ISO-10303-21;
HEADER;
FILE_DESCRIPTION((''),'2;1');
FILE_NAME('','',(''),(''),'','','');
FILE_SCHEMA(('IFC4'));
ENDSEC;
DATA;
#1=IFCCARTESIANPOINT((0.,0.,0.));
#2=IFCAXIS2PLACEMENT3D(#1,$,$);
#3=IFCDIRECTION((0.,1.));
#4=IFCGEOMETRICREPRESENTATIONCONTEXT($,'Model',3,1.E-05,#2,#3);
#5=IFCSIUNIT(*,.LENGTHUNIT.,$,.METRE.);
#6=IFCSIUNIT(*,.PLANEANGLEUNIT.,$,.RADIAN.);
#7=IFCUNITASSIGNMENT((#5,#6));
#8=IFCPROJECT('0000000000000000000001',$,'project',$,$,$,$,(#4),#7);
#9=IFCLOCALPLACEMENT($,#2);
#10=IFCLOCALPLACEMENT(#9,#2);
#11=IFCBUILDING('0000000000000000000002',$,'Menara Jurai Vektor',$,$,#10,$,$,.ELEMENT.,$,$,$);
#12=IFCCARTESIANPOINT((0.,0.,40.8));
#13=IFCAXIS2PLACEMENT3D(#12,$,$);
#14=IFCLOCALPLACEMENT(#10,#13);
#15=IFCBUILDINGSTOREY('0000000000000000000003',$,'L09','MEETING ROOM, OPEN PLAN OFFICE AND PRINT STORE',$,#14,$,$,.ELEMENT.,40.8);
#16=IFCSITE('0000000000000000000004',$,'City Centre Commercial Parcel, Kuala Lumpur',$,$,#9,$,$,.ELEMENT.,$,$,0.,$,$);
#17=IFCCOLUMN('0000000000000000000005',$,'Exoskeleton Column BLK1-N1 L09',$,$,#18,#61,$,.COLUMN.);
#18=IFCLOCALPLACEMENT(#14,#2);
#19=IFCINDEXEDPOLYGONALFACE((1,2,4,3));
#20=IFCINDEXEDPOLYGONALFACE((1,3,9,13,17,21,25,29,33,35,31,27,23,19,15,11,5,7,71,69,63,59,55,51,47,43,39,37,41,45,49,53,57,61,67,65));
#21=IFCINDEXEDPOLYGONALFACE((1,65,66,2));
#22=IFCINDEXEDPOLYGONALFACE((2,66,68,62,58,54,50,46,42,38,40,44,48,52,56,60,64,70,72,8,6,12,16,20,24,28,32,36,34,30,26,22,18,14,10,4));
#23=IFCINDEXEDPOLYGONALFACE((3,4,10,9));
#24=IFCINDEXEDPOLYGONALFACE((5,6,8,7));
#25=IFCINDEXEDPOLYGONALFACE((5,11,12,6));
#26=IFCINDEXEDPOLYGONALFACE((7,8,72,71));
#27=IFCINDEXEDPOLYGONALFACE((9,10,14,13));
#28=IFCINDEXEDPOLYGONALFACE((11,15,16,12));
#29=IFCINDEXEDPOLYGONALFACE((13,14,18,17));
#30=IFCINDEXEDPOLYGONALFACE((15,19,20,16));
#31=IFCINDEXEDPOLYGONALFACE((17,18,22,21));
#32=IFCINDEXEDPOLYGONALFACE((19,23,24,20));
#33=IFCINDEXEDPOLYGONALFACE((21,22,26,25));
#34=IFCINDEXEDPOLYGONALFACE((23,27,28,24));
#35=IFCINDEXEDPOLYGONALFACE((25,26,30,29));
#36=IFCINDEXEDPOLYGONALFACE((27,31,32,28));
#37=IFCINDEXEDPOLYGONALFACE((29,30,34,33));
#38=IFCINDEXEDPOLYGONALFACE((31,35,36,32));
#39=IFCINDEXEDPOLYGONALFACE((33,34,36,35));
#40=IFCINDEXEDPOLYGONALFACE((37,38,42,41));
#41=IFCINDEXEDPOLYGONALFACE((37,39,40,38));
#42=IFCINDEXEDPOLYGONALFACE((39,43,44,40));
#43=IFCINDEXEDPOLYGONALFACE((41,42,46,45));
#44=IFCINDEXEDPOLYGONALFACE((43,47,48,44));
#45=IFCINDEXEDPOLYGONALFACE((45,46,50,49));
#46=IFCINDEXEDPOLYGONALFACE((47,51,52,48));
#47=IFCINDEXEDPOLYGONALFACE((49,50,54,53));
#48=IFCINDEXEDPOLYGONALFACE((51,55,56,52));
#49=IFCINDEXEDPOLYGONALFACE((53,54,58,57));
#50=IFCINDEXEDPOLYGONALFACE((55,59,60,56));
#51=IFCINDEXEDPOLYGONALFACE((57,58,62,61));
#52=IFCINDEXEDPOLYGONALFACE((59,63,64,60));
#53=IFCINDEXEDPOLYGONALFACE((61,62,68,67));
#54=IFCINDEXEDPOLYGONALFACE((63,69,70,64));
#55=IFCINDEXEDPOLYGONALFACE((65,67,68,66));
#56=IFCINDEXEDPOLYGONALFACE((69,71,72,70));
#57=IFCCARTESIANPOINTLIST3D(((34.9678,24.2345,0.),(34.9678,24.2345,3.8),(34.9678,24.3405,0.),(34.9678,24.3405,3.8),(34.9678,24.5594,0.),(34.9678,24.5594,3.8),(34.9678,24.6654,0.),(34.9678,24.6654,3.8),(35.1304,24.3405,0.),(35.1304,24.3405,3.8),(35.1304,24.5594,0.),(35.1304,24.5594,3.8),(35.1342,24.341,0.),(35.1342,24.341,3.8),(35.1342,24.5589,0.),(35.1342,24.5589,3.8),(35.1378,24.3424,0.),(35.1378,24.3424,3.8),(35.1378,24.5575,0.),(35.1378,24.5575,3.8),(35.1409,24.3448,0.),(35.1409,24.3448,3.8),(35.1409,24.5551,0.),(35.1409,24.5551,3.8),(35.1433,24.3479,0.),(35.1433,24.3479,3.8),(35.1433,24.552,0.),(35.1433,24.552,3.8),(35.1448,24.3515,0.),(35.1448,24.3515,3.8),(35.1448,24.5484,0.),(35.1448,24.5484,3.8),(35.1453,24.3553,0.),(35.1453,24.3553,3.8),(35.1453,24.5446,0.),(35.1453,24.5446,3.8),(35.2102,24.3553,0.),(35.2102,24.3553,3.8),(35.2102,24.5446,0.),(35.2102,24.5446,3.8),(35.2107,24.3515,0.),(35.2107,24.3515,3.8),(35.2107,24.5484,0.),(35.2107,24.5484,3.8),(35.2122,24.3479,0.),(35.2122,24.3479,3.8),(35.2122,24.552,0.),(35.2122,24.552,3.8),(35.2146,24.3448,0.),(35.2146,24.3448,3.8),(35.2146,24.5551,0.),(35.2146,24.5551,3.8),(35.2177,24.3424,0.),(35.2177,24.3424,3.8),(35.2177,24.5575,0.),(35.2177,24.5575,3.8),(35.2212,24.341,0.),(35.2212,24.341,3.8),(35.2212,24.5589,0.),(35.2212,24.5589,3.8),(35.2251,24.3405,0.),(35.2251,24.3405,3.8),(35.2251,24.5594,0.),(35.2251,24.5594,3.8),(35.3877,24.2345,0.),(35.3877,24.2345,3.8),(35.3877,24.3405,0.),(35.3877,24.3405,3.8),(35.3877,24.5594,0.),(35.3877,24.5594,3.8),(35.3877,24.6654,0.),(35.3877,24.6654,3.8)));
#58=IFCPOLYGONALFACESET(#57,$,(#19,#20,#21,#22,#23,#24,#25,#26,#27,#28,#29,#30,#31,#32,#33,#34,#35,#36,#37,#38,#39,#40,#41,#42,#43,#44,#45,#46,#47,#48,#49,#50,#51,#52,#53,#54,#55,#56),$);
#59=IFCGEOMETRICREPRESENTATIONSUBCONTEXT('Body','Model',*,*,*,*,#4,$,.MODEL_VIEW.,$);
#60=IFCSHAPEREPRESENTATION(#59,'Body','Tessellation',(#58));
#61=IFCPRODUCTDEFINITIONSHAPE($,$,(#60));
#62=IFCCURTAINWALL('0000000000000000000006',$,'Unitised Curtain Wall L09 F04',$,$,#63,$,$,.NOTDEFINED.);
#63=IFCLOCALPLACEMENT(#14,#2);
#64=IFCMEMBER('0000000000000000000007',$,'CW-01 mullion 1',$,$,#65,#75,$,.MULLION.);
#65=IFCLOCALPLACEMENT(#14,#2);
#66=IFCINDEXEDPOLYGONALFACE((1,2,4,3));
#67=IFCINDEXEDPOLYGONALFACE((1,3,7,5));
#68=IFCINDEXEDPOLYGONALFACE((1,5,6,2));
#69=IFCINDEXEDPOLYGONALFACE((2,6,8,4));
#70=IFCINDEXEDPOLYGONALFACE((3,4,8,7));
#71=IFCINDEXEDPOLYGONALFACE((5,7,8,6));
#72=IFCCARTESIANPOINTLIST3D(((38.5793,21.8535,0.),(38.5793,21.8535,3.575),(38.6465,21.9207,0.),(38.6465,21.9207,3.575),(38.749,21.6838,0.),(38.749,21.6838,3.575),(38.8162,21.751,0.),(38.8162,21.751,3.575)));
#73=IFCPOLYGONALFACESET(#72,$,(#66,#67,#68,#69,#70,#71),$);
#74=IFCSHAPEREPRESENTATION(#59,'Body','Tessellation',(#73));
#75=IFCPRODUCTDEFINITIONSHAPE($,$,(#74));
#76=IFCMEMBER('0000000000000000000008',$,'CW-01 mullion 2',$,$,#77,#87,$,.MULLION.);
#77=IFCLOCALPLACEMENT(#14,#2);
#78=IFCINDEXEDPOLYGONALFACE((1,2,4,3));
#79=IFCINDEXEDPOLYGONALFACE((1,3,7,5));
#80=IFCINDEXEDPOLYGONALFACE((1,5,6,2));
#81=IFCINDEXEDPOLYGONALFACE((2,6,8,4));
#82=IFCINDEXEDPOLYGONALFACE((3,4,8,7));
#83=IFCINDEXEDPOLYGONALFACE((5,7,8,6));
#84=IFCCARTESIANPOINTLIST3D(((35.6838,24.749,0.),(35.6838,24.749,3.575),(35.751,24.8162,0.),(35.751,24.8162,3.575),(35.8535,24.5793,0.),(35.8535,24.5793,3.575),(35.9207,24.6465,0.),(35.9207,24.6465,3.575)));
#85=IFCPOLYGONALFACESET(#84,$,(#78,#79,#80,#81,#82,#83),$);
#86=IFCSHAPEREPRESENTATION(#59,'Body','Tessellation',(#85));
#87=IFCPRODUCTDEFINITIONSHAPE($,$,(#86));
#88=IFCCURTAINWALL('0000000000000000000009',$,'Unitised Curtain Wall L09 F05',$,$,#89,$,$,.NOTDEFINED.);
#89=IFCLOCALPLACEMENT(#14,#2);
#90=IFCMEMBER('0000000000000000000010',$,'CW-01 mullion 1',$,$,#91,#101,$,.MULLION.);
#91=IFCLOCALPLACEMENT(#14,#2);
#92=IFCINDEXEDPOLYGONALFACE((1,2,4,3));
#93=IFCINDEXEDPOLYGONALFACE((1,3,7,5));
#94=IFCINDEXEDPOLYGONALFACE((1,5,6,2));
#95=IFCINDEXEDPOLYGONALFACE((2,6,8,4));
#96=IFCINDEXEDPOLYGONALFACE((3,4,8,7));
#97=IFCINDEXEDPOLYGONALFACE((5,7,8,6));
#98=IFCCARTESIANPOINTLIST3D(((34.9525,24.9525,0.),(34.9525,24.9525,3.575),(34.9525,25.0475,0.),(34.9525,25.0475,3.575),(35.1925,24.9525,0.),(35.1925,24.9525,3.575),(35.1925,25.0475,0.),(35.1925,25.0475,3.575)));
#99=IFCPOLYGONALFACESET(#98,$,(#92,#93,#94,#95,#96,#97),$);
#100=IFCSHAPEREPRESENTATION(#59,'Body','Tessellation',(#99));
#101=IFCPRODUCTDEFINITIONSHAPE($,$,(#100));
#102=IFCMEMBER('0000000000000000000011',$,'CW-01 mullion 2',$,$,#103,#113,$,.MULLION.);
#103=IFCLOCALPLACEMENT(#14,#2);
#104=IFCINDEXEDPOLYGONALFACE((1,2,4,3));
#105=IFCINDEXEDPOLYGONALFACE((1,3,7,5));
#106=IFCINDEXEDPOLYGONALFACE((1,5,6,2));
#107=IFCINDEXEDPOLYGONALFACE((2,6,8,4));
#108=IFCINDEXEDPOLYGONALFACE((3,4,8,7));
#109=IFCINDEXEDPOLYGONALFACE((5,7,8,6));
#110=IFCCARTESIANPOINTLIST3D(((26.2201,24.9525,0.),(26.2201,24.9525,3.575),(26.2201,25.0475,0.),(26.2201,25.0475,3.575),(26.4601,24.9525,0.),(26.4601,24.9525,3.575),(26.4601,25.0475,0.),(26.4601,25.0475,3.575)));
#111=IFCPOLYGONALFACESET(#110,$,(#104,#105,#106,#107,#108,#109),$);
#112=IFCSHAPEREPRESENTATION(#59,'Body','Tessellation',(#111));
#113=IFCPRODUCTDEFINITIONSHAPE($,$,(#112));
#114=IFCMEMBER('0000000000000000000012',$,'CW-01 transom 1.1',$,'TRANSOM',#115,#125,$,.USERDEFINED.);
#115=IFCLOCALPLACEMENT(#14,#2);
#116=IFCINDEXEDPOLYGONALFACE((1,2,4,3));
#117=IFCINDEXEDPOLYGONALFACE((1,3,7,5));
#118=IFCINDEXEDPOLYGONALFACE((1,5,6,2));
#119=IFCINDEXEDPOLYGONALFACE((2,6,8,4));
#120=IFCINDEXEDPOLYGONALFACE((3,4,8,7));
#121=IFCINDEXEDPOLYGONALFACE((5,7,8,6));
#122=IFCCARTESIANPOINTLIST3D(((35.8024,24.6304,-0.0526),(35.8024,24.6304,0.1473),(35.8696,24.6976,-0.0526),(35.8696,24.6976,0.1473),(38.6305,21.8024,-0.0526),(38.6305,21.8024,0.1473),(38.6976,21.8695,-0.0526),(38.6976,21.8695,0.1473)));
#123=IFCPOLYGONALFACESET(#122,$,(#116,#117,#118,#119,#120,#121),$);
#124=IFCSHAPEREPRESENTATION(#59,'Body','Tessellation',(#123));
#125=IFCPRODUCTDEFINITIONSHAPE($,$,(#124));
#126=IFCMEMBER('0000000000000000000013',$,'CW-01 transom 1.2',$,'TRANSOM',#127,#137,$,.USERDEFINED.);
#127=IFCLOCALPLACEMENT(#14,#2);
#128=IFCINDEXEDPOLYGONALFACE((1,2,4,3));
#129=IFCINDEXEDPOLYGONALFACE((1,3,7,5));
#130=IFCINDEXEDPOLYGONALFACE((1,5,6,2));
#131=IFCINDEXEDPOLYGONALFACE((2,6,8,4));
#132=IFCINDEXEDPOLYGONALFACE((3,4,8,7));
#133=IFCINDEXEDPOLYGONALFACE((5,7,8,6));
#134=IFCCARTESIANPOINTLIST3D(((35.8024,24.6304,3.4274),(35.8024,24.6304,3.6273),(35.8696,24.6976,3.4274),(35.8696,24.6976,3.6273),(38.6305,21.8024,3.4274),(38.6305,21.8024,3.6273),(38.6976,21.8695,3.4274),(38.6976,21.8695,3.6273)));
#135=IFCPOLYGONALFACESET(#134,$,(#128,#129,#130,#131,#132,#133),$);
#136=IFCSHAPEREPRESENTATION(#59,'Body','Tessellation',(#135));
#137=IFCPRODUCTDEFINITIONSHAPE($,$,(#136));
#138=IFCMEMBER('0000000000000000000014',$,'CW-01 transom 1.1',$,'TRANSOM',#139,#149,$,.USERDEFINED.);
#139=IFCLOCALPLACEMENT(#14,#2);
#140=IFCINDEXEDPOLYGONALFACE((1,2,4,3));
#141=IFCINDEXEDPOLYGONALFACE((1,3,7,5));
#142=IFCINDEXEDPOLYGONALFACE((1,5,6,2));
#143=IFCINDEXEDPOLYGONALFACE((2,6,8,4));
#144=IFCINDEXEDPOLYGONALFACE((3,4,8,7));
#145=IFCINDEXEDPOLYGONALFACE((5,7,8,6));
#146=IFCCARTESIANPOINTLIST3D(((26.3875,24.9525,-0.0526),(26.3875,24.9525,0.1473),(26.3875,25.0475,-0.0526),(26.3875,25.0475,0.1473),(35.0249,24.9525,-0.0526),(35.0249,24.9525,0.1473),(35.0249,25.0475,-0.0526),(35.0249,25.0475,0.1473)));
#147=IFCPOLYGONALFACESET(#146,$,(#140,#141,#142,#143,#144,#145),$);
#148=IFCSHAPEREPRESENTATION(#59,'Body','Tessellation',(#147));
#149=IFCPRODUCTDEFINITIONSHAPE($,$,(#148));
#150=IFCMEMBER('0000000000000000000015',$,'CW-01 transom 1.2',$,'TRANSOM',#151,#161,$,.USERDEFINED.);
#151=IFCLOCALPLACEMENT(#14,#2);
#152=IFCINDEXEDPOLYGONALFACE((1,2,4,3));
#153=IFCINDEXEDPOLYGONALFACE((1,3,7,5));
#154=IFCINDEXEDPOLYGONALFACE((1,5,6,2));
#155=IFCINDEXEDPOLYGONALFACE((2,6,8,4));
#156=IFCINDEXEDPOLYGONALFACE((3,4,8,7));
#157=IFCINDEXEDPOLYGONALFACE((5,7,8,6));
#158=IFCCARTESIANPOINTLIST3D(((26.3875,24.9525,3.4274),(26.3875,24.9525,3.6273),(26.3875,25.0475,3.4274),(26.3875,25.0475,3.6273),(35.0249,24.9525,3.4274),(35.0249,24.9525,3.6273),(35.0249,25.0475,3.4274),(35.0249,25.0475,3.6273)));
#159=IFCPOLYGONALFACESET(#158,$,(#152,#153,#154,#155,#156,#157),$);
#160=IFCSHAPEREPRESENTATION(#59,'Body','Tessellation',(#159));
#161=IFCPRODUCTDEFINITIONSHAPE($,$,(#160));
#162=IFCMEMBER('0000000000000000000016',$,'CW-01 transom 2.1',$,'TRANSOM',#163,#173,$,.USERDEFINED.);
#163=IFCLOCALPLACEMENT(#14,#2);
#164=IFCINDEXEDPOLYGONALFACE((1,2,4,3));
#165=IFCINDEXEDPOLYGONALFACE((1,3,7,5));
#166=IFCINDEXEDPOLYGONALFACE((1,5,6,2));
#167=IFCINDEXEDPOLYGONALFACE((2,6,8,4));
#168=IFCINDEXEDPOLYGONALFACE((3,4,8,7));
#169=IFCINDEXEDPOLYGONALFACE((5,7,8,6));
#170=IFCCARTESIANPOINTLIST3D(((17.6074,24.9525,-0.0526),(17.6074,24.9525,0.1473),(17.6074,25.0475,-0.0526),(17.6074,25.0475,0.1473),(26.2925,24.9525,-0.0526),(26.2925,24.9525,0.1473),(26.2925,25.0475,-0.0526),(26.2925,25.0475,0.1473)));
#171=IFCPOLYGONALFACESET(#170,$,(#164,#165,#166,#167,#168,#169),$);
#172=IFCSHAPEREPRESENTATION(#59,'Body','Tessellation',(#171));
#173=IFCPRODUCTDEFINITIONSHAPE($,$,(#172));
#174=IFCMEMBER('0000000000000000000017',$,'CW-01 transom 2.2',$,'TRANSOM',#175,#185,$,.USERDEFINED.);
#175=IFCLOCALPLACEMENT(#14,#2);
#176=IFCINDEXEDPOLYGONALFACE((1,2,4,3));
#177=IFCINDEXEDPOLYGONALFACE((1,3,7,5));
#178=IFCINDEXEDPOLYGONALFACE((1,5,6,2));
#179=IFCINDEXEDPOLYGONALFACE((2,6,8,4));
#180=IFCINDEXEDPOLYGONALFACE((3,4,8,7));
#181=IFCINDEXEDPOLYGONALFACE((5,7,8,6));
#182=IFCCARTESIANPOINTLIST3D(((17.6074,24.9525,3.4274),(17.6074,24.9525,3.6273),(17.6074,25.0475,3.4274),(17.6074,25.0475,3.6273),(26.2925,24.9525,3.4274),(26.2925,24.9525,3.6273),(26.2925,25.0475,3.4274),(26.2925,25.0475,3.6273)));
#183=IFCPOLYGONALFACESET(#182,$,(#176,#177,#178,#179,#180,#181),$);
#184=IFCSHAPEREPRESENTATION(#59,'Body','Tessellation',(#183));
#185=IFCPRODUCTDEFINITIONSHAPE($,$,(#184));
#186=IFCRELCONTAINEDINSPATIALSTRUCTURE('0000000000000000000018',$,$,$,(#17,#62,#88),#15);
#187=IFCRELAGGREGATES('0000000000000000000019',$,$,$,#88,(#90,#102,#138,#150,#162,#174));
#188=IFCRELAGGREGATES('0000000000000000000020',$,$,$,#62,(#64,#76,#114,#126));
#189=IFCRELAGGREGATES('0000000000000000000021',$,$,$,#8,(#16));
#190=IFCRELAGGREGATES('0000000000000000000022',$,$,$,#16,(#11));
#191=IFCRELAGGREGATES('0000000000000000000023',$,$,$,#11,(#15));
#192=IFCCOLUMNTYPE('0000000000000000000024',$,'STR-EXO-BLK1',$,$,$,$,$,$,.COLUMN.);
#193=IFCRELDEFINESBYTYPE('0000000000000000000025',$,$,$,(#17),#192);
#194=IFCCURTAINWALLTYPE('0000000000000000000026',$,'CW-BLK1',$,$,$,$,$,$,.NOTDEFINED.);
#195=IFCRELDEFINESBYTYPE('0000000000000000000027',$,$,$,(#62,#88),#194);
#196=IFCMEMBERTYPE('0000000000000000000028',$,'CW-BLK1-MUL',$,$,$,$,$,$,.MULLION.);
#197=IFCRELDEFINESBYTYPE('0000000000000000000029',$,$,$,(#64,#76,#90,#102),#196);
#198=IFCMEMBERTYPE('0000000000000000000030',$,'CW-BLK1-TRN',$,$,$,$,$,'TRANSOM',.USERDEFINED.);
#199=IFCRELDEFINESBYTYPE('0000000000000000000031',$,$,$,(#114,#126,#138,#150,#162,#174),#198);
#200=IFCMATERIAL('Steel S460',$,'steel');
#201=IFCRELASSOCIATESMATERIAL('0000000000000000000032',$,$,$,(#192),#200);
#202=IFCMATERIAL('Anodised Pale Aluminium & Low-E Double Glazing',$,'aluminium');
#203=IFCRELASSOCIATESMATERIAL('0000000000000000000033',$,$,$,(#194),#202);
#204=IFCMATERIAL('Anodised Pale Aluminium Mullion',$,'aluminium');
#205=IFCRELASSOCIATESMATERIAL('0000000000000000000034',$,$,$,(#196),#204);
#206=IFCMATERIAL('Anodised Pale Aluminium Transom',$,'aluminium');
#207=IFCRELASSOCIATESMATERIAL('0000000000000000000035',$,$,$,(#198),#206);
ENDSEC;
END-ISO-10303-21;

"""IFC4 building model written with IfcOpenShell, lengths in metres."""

from ifc_helpers import new_model, si_unit, direction, frame, origin, origin_2d, place, context, subcontext, project, spatial, rectangle, i_section, extrude, material, material_profile, profile_set, type_object, element, aggregate, save


model = new_model("IFC4")

# Units and contexts
model_context = context("Model", 3, precision=1e-05, world=origin(), true_north=direction((0.0, 1.0)))
body_context = subcontext(model_context, "Body", "Model", "MODEL_VIEW")
ifc_project = project(units=[si_unit("LENGTHUNIT", "METRE"), si_unit("PLANEANGLEUNIT", "RADIAN")], contexts=[model_context])

# Site, building, storey
site_placement = place(None, origin())
site = spatial("IfcSite", under=ifc_project, at=site_placement, Name="City Centre Commercial Parcel, Kuala Lumpur", CompositionType="ELEMENT", RefElevation=0.0)
building_placement = place(site_placement, origin())
building = spatial("IfcBuilding", under=site, at=building_placement, Name="Menara Jurai Vektor", CompositionType="ELEMENT")
storey_placement = place(building_placement, frame((0.0, 0.0, 40.8)))
storey = spatial("IfcBuildingStorey", under=building, at=storey_placement, Name="L09", Description="MEETING ROOM, OPEN PLAN OFFICE AND PRINT STORE", CompositionType="ELEMENT", Elevation=40.8)

# Column
ifc_material_1 = material(Name="Steel S460", Category="steel")
ifc_material_profile_1 = material_profile(ifc_material_1, i_section(OverallWidth=0.4199, OverallDepth=0.4309, WebThickness=0.0649, FlangeThickness=0.106, FilletRadius=0.0149, at=origin_2d()), Name="HD 400x900")
ifc_profile_set_1 = profile_set([ifc_material_profile_1], Name="Steel S460")
column_type = type_object("IfcColumnType", Name="STR-EXO-BLK1", PredefinedType="COLUMN", material=ifc_profile_set_1)
column_placement = place(storey_placement, frame((35.1777, 24.45, 0.0), z_axis=(0.0, 0.0, 1.0), x_axis=(1.0, 0.0, 0.0)))
element("IfcColumn", 1, at=column_placement, inside=storey, type_object=column_type, Name="Exoskeleton Column BLK1-N1 L09", PredefinedType="COLUMN", context=body_context, shape_type="SweptSolid", body=[
    extrude(i_section(OverallWidth=0.4199, OverallDepth=0.4309, WebThickness=0.0649, FlangeThickness=0.106, FilletRadius=0.0149, at=origin_2d()), origin(), (0.0, 0.0, 1.0), 3.8),
])

# Curtain walls, members
ifc_material_2 = material(Name="Anodised Pale Aluminium & Low-E Double Glazing", Category="aluminium")
curtain_wall_type = type_object("IfcCurtainWallType", Name="CW-BLK1", PredefinedType="NOTDEFINED", material=ifc_material_2)
curtain_wall_1_placement = place(storey_placement, origin())
curtain_wall_1 = element("IfcCurtainWall", 2, at=curtain_wall_1_placement, inside=storey, type_object=curtain_wall_type, Name="Unitised Curtain Wall L09 F04", PredefinedType="NOTDEFINED")
ifc_material_3 = material(Name="Anodised Pale Aluminium Mullion", Category="aluminium")
ifc_material_profile_2 = material_profile(ifc_material_3, rectangle(XDim=0.095, YDim=0.24, at=origin_2d()), Name="ALU MUL 95x240")
ifc_profile_set_2 = profile_set([ifc_material_profile_2], Name="Anodised Pale Aluminium Mullion")
member_type_1 = type_object("IfcMemberType", Name="CW-BLK1-MUL", PredefinedType="MULLION", material=ifc_profile_set_2)
member_1_placement = place(storey_placement, frame((38.6978, 21.8022, 0.0), z_axis=(0.0, 0.0, 1.0), x_axis=(-0.707107, -0.707107, 0.0)))
member_1 = element("IfcMember", 3, at=member_1_placement, type_object=member_type_1, Name="CW-01 mullion 1", PredefinedType="MULLION", context=body_context, shape_type="SweptSolid", body=[
    extrude(rectangle(XDim=0.095, YDim=0.24, at=origin_2d()), origin(), (0.0, 0.0, 1.0), 3.575),
])
member_2_placement = place(storey_placement, frame((35.8022, 24.6978, 0.0), z_axis=(0.0, 0.0, 1.0), x_axis=(-0.707107, -0.707107, 0.0)))
member_2 = element("IfcMember", 4, at=member_2_placement, type_object=member_type_1, Name="CW-01 mullion 2", PredefinedType="MULLION", context=body_context, shape_type="SweptSolid", body=[
    extrude(rectangle(XDim=0.095, YDim=0.24, at=origin_2d()), origin(), (0.0, 0.0, 1.0), 3.575),
])
curtain_wall_2_placement = place(storey_placement, origin())
curtain_wall_2 = element("IfcCurtainWall", 5, at=curtain_wall_2_placement, inside=storey, type_object=curtain_wall_type, Name="Unitised Curtain Wall L09 F05", PredefinedType="NOTDEFINED")
member_3_placement = place(storey_placement, frame((35.0725, 25.0, 0.0), z_axis=(0.0, 0.0, 1.0), x_axis=(0.0, -1.0, 0.0)))
member_3 = element("IfcMember", 6, at=member_3_placement, type_object=member_type_1, Name="CW-01 mullion 1", PredefinedType="MULLION", context=body_context, shape_type="SweptSolid", body=[
    extrude(rectangle(XDim=0.095, YDim=0.24, at=origin_2d()), origin(), (0.0, 0.0, 1.0), 3.575),
])
member_4_placement = place(storey_placement, frame((26.3401, 25.0, 0.0), z_axis=(0.0, 0.0, 1.0), x_axis=(0.0, -1.0, 0.0)))
member_4 = element("IfcMember", 7, at=member_4_placement, type_object=member_type_1, Name="CW-01 mullion 2", PredefinedType="MULLION", context=body_context, shape_type="SweptSolid", body=[
    extrude(rectangle(XDim=0.095, YDim=0.24, at=origin_2d()), origin(), (0.0, 0.0, 1.0), 3.575),
])

# Members
ifc_material_4 = material(Name="Anodised Pale Aluminium Transom", Category="aluminium")
ifc_material_profile_3 = material_profile(ifc_material_4, rectangle(XDim=0.095, YDim=0.2, at=origin_2d()), Name="ALU TRN 95x200")
ifc_profile_set_3 = profile_set([ifc_material_profile_3], Name="Anodised Pale Aluminium Transom")
member_type_2 = type_object("IfcMemberType", Name="CW-BLK1-TRN", ElementType="TRANSOM", PredefinedType="USERDEFINED", material=ifc_profile_set_3)
member_5_placement = place(storey_placement, frame((38.6641, 21.8359, 0.0474), z_axis=(-0.707107, 0.707107, 0.0), x_axis=(-0.707107, -0.707107, 0.0)))
member_5 = element("IfcMember", 8, at=member_5_placement, type_object=member_type_2, Name="CW-01 transom 1.1", ObjectType="TRANSOM", PredefinedType="USERDEFINED", context=body_context, shape_type="SweptSolid", body=[
    extrude(rectangle(XDim=0.095, YDim=0.2, at=origin_2d()), origin(), (0.0, 0.0, 1.0), 3.9995),
])
member_6_placement = place(storey_placement, frame((38.6641, 21.8359, 3.5273), z_axis=(-0.707107, 0.707107, 0.0), x_axis=(-0.707107, -0.707107, 0.0)))
member_6 = element("IfcMember", 9, at=member_6_placement, type_object=member_type_2, Name="CW-01 transom 1.2", ObjectType="TRANSOM", PredefinedType="USERDEFINED", context=body_context, shape_type="SweptSolid", body=[
    extrude(rectangle(XDim=0.095, YDim=0.2, at=origin_2d()), origin(), (0.0, 0.0, 1.0), 3.9995),
])
member_7_placement = place(storey_placement, frame((35.0249, 25.0, 0.0474), z_axis=(-1.0, 0.0, 0.0), x_axis=(0.0, -1.0, 0.0)))
member_7 = element("IfcMember", 10, at=member_7_placement, type_object=member_type_2, Name="CW-01 transom 1.1", ObjectType="TRANSOM", PredefinedType="USERDEFINED", context=body_context, shape_type="SweptSolid", body=[
    extrude(rectangle(XDim=0.095, YDim=0.2, at=origin_2d()), origin(), (0.0, 0.0, 1.0), 8.6375),
])
member_8_placement = place(storey_placement, frame((35.0249, 25.0, 3.5273), z_axis=(-1.0, 0.0, 0.0), x_axis=(0.0, -1.0, 0.0)))
member_8 = element("IfcMember", 11, at=member_8_placement, type_object=member_type_2, Name="CW-01 transom 1.2", ObjectType="TRANSOM", PredefinedType="USERDEFINED", context=body_context, shape_type="SweptSolid", body=[
    extrude(rectangle(XDim=0.095, YDim=0.2, at=origin_2d()), origin(), (0.0, 0.0, 1.0), 8.6375),
])
member_9_placement = place(storey_placement, frame((26.2925, 25.0, 0.0474), z_axis=(-1.0, 0.0, 0.0), x_axis=(0.0, -1.0, 0.0)))
member_9 = element("IfcMember", 12, at=member_9_placement, type_object=member_type_2, Name="CW-01 transom 2.1", ObjectType="TRANSOM", PredefinedType="USERDEFINED", context=body_context, shape_type="SweptSolid", body=[
    extrude(rectangle(XDim=0.095, YDim=0.2, at=origin_2d()), origin(), (0.0, 0.0, 1.0), 8.6851),
])
member_10_placement = place(storey_placement, frame((26.2925, 25.0, 3.5273), z_axis=(-1.0, 0.0, 0.0), x_axis=(0.0, -1.0, 0.0)))
member_10 = element("IfcMember", 13, at=member_10_placement, type_object=member_type_2, Name="CW-01 transom 2.2", ObjectType="TRANSOM", PredefinedType="USERDEFINED", context=body_context, shape_type="SweptSolid", body=[
    extrude(rectangle(XDim=0.095, YDim=0.2, at=origin_2d()), origin(), (0.0, 0.0, 1.0), 8.6851),
])

aggregate(curtain_wall_2, [member_3, member_4, member_7, member_8, member_9, member_10])
aggregate(curtain_wall_1, [member_1, member_2, member_5, member_6])

save(model, "model.ifc")
